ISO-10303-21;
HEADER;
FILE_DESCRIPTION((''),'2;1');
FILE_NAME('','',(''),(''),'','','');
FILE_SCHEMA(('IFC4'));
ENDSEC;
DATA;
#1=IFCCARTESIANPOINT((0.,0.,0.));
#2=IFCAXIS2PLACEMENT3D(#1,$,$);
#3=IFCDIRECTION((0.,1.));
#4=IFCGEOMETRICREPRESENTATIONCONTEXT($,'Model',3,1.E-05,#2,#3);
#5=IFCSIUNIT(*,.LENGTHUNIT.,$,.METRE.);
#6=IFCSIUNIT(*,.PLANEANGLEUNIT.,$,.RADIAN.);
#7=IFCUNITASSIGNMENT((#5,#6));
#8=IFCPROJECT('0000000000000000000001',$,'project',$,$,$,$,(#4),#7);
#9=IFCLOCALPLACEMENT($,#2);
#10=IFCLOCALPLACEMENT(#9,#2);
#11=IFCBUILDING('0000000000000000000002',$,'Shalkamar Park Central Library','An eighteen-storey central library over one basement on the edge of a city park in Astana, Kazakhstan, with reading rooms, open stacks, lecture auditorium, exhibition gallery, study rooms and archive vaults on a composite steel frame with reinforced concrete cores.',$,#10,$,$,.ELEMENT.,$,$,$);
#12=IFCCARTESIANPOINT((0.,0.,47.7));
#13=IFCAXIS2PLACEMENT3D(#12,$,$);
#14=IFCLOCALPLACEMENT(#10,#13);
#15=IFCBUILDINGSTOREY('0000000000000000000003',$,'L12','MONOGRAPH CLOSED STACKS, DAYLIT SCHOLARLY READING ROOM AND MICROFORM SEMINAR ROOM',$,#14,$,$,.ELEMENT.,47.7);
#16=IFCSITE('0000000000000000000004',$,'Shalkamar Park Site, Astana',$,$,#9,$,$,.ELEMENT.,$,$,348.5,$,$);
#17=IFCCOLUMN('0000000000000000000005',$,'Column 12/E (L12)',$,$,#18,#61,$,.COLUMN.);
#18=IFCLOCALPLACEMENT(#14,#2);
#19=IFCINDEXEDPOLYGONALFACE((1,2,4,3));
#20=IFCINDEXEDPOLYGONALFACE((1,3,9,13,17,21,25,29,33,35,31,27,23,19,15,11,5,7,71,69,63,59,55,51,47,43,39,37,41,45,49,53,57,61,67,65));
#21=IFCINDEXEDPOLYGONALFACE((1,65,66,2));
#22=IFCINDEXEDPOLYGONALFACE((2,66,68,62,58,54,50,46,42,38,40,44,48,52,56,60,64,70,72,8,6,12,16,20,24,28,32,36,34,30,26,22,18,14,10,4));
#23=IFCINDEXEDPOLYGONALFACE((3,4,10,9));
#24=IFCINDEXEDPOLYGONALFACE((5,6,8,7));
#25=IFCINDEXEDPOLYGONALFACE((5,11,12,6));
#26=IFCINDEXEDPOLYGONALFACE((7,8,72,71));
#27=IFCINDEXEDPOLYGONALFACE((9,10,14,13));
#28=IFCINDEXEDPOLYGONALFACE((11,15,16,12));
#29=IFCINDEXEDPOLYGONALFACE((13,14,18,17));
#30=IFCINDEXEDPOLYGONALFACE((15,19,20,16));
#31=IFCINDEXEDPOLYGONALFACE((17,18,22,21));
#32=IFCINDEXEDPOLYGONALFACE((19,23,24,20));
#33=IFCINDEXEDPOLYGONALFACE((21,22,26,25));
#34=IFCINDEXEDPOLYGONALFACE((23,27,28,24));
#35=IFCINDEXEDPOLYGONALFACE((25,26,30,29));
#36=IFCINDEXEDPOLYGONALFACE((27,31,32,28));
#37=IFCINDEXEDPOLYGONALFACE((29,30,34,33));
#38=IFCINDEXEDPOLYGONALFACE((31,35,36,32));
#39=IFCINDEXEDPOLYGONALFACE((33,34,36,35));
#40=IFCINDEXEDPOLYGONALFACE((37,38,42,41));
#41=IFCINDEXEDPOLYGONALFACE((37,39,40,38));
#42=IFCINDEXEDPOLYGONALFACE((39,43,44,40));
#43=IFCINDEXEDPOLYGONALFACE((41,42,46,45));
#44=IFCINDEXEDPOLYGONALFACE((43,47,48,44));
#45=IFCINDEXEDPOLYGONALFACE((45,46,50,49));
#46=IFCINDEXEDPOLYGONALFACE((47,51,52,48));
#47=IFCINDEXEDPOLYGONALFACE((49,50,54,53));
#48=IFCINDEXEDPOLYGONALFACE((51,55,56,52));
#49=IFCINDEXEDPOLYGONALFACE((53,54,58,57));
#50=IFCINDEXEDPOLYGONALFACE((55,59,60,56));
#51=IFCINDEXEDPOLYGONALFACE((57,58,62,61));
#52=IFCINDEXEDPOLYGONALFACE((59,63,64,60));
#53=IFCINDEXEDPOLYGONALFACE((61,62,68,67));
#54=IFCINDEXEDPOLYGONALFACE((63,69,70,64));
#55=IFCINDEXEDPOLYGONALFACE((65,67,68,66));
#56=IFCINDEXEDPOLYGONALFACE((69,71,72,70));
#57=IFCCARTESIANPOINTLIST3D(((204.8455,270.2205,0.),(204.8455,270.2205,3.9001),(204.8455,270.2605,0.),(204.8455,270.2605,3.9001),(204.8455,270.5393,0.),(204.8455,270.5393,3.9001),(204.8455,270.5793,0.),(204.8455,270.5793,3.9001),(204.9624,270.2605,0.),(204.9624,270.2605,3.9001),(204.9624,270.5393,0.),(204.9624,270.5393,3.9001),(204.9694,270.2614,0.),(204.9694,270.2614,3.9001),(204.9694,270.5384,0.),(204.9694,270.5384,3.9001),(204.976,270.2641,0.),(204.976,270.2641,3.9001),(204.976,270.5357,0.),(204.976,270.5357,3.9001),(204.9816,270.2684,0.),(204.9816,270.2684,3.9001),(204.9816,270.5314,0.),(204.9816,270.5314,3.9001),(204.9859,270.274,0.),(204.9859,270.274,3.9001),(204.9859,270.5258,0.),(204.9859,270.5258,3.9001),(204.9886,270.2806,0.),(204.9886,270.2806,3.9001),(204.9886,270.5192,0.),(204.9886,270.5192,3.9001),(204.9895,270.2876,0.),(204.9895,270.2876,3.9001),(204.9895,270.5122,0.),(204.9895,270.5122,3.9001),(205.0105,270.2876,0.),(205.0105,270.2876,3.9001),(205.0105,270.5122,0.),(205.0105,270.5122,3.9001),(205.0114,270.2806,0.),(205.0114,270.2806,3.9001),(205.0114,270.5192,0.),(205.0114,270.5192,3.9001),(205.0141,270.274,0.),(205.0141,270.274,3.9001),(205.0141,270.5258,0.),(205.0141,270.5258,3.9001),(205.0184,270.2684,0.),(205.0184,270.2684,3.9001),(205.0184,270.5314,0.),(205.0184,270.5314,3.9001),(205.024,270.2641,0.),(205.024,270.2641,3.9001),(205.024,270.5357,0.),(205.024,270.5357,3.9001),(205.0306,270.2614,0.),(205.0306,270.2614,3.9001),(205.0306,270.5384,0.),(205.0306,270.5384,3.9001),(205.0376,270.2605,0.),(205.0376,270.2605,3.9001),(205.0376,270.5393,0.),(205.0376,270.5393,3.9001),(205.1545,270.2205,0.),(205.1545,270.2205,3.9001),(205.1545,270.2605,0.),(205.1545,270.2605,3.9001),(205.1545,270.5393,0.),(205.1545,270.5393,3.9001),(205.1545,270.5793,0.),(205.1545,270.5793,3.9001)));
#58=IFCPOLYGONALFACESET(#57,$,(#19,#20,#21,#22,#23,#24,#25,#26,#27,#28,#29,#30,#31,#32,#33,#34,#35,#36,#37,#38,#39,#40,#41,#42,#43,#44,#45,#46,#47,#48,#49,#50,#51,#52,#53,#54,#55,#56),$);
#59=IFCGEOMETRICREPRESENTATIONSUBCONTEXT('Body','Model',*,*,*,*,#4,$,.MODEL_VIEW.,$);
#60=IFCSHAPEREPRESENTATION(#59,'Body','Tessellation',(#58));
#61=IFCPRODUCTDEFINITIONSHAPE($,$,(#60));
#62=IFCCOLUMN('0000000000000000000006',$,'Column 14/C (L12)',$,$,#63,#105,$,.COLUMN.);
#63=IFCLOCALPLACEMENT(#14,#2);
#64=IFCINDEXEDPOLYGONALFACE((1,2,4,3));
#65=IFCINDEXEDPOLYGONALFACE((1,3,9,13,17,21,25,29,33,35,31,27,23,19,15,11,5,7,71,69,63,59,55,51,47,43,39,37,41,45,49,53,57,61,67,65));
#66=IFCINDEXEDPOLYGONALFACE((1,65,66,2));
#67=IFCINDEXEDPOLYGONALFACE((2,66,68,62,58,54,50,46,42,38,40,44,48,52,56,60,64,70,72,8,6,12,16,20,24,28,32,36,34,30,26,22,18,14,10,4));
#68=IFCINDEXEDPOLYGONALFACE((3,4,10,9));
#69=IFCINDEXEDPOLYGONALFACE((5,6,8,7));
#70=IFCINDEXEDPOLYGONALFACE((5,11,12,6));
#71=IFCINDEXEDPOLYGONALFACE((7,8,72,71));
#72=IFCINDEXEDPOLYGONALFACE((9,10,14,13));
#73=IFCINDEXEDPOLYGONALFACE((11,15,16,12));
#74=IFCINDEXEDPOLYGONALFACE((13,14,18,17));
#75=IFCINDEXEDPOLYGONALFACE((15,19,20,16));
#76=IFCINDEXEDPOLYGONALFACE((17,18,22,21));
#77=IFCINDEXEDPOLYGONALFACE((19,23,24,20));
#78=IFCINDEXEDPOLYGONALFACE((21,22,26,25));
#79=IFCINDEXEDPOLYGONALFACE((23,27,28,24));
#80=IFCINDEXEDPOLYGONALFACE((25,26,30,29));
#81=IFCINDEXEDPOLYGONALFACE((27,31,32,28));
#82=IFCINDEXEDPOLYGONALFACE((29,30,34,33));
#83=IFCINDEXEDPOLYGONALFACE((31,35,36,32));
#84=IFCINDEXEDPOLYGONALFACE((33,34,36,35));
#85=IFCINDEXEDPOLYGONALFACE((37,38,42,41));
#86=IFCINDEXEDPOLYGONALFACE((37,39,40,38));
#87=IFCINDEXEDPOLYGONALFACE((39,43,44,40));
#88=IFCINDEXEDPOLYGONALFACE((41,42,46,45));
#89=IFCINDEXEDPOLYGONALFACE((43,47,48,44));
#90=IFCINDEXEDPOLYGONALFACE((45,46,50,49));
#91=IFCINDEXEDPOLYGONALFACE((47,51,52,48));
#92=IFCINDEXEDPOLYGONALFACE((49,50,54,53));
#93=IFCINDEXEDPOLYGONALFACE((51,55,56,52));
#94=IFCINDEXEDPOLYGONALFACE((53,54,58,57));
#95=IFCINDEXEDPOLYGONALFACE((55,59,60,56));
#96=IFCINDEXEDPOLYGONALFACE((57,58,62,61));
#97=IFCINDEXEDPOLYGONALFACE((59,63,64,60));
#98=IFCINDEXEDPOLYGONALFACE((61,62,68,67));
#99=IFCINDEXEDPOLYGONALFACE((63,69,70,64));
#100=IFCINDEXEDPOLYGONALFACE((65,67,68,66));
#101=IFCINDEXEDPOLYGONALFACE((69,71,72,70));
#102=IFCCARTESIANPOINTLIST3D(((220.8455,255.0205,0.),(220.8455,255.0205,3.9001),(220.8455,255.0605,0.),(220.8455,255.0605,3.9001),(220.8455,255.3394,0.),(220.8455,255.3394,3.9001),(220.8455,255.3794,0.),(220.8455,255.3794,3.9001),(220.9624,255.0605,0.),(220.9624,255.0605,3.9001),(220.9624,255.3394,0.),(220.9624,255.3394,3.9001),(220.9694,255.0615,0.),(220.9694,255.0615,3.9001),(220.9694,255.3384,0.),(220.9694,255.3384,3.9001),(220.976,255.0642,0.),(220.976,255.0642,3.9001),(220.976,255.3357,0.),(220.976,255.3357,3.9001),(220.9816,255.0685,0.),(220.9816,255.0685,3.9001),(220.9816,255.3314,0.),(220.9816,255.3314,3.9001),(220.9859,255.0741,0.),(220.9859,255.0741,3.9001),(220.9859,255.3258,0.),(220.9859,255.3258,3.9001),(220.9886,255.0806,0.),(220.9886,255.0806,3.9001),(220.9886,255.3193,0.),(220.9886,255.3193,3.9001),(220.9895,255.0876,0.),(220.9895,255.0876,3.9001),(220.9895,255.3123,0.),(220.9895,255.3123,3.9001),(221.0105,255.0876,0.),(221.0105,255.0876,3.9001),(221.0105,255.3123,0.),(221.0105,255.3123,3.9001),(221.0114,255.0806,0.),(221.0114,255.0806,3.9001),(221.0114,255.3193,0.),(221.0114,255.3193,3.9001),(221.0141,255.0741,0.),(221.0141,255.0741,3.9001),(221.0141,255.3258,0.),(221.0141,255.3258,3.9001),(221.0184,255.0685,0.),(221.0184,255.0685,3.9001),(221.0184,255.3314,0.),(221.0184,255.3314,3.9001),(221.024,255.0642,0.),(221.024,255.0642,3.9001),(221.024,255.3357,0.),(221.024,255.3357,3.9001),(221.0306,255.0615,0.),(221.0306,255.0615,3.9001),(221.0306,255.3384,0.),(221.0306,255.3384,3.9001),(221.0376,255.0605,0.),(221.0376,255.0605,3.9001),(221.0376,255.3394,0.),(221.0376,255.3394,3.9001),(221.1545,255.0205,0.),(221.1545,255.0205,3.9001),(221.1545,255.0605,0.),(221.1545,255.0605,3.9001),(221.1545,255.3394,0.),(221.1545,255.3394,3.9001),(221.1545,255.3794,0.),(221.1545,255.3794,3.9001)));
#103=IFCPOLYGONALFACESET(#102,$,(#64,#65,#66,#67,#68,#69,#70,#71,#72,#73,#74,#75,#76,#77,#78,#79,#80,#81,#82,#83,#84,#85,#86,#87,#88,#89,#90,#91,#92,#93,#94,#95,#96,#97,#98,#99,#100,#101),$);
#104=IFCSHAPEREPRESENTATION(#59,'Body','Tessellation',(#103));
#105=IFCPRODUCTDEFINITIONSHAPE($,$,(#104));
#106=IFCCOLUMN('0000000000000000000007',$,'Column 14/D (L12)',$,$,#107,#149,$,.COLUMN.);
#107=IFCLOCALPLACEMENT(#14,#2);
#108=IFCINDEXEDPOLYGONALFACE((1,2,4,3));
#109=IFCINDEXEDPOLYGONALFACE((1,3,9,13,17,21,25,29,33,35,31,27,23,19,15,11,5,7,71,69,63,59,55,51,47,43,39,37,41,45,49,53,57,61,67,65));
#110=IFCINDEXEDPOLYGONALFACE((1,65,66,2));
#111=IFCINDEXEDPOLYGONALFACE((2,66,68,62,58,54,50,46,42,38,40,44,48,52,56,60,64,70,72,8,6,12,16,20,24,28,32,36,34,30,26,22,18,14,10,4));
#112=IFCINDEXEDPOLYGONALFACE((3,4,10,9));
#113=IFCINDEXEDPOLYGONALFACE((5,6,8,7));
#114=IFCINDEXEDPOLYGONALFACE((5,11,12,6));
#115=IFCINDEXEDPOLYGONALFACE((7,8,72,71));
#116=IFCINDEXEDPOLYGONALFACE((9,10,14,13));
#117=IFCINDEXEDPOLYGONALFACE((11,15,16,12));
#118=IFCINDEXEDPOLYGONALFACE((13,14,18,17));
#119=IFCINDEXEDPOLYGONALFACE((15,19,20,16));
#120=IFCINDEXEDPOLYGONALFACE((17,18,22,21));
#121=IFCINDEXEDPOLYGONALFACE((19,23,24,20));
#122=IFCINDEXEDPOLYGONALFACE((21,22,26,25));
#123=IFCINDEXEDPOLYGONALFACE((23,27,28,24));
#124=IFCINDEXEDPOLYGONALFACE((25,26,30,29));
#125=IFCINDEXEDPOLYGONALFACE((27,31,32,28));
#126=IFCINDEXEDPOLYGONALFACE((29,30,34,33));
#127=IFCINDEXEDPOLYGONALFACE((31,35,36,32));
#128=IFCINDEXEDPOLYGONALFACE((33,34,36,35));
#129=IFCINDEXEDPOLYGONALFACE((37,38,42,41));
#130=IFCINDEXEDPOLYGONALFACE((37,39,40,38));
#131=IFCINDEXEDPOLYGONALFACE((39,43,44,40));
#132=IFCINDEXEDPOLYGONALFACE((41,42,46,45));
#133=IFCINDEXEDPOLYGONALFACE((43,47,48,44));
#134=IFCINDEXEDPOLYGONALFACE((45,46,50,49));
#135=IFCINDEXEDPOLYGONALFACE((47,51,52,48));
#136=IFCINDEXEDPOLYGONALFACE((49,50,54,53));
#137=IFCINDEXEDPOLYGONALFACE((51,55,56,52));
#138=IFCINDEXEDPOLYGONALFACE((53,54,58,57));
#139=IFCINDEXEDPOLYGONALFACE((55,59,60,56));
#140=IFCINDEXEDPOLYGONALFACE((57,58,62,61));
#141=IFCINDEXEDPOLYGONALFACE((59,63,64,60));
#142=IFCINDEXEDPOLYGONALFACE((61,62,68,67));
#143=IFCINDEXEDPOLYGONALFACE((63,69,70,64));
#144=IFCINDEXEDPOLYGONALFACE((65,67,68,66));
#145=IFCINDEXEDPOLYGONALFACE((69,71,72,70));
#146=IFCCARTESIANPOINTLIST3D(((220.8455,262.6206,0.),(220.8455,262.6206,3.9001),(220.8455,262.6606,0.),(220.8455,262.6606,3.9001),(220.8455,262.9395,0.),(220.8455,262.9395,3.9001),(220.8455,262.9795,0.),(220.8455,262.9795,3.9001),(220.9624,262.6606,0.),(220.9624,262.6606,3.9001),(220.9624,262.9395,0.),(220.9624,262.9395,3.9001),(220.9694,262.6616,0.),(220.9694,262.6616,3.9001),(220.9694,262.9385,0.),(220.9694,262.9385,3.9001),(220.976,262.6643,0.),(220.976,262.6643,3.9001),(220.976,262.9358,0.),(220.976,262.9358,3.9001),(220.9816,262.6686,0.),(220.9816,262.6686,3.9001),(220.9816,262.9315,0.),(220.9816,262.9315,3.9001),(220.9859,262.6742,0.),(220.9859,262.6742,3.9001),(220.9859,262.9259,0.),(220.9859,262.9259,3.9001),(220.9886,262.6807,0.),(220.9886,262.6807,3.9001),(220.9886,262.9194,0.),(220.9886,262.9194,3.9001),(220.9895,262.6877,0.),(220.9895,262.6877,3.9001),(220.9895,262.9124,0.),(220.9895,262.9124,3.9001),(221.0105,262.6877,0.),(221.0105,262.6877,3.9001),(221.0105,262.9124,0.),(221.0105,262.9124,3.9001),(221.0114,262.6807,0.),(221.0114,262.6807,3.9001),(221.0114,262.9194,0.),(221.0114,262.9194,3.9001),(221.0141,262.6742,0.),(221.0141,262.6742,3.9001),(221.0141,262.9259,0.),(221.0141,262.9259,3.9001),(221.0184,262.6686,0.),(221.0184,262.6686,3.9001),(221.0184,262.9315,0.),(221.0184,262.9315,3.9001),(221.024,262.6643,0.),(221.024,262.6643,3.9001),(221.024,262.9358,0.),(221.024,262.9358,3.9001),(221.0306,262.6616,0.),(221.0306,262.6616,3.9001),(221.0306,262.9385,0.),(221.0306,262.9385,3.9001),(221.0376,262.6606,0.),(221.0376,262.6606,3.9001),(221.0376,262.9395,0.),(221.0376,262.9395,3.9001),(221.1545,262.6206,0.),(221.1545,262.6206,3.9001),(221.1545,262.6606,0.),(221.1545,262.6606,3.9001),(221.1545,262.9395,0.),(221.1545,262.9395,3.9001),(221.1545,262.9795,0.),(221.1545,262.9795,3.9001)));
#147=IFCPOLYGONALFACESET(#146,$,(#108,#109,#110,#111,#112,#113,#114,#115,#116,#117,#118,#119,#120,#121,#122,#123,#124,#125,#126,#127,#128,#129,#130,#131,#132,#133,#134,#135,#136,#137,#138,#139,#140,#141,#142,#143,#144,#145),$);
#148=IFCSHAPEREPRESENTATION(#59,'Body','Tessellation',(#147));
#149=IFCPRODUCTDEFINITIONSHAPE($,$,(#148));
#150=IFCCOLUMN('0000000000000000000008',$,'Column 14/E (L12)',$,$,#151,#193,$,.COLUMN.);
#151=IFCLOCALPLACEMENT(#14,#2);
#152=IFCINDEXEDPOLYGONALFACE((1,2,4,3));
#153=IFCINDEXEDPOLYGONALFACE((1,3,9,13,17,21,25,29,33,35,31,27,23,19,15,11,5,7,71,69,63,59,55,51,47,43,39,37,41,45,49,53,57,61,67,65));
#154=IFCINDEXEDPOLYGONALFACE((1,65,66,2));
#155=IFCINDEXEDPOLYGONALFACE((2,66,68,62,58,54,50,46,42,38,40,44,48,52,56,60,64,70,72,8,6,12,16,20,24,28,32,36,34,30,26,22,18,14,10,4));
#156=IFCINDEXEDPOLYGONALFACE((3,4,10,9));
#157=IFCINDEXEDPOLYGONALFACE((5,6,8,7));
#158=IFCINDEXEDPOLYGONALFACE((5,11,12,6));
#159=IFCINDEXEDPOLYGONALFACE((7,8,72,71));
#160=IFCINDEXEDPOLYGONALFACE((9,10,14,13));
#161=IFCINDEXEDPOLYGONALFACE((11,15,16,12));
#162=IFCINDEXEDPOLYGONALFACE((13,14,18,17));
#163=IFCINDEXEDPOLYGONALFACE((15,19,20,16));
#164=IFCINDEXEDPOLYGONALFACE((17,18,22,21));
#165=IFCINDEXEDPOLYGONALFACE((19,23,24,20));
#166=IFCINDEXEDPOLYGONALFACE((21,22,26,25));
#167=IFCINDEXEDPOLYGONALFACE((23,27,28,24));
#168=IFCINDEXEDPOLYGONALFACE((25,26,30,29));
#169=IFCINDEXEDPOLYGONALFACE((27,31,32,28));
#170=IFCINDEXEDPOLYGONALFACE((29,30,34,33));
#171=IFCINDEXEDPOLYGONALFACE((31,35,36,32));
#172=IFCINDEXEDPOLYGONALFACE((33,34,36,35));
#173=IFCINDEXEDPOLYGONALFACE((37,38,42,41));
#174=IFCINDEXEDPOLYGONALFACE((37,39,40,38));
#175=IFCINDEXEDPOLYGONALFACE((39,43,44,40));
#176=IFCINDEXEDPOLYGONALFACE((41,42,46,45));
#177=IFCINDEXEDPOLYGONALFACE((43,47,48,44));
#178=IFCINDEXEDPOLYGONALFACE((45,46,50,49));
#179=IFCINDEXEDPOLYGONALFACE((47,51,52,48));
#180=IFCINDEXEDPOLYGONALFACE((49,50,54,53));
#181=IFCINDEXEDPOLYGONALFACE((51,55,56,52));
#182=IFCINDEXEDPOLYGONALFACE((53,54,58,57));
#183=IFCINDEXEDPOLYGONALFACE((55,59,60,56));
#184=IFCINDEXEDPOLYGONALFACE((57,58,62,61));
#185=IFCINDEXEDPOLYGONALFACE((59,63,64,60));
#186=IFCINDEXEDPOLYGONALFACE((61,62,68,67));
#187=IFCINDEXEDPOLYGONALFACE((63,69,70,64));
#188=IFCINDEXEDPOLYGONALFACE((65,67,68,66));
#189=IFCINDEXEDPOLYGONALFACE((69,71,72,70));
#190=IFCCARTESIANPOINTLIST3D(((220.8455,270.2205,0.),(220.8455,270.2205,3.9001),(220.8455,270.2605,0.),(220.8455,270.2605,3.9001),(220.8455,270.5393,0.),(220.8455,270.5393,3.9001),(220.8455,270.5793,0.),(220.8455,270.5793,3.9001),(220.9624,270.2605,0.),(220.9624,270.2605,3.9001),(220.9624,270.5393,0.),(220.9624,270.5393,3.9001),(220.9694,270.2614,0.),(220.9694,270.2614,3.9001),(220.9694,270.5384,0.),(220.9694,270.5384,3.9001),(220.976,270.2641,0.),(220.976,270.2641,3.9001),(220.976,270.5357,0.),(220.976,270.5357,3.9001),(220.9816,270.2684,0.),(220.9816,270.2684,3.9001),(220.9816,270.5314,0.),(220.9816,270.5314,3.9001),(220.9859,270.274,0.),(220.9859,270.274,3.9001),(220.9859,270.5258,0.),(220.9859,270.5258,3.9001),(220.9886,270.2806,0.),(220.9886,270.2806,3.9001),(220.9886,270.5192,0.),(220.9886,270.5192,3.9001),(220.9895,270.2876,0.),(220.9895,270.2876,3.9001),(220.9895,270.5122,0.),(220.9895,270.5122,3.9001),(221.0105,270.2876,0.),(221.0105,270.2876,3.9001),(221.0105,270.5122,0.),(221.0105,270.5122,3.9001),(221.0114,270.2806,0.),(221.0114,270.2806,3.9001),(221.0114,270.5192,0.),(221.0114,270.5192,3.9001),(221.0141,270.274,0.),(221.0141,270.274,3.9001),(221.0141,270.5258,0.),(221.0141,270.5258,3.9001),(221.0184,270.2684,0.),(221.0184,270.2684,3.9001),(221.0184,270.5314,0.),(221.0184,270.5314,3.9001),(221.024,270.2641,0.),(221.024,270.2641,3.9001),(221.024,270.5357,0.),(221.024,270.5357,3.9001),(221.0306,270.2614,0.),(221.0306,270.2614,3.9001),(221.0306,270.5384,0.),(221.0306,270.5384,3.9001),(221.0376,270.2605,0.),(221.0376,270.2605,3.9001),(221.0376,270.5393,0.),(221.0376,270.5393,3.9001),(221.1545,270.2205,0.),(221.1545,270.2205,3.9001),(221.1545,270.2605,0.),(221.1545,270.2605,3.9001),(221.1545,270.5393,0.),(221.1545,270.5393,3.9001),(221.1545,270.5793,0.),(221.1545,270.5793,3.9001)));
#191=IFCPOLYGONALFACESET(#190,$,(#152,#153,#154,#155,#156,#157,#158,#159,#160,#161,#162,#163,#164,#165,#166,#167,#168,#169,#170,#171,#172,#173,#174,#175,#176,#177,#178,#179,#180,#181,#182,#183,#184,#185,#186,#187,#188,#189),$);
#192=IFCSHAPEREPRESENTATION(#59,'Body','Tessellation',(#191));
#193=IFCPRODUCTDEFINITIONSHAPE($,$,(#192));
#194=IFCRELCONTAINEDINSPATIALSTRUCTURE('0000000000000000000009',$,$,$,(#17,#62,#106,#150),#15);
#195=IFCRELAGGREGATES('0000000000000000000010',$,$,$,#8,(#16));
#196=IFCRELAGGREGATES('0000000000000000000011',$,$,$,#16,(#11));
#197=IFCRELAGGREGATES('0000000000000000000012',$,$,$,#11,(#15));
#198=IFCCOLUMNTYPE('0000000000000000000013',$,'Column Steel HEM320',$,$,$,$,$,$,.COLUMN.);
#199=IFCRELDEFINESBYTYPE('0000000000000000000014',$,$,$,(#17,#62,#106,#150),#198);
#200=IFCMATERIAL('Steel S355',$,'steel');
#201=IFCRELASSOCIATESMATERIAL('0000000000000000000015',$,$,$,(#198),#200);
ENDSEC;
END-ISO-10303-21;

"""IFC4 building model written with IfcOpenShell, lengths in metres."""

from ifc_helpers import new_model, si_unit, direction, frame, origin, origin_2d, place, context, subcontext, project, spatial, i_section, extrude, material, material_profile, profile_set, type_object, element, save


model = new_model("IFC4")

# Units and contexts
model_context = context("Model", 3, precision=1e-05, world=origin(), true_north=direction((0.0, 1.0)))
body_context = subcontext(model_context, "Body", "Model", "MODEL_VIEW")
ifc_project = project(units=[si_unit("LENGTHUNIT", "METRE"), si_unit("PLANEANGLEUNIT", "RADIAN")], contexts=[model_context])

# Site, building, storey
site_placement = place(None, origin())
site = spatial("IfcSite", under=ifc_project, at=site_placement, Name="Shalkamar Park Site, Astana", CompositionType="ELEMENT", RefElevation=348.5)
building_placement = place(site_placement, origin())
building = spatial("IfcBuilding", under=site, at=building_placement, Name="Shalkamar Park Central Library", Description="An eighteen-storey central library over one basement on the edge of a city park in Astana, Kazakhstan, with reading rooms, open stacks, lecture auditorium, exhibition gallery, study rooms and archive vaults on a composite steel frame with reinforced concrete cores.", CompositionType="ELEMENT")
storey_placement = place(building_placement, frame((0.0, 0.0, 47.7)))
storey = spatial("IfcBuildingStorey", under=building, at=storey_placement, Name="L12", Description="MONOGRAPH CLOSED STACKS, DAYLIT SCHOLARLY READING ROOM AND MICROFORM SEMINAR ROOM", CompositionType="ELEMENT", Elevation=47.7)

# Columns
ifc_material_1 = material(Name="Steel S355", Category="steel")
ifc_material_profile_1 = material_profile(ifc_material_1, i_section(OverallWidth=0.3091, OverallDepth=0.3589, WebThickness=0.021, FlangeThickness=0.04, FilletRadius=0.0271, at=origin_2d()), Name="HEM 320")
ifc_profile_set_1 = profile_set([ifc_material_profile_1], Name="Steel S355")
column_type_1 = type_object("IfcColumnType", Name="Column Steel HEM320", PredefinedType="COLUMN", material=ifc_profile_set_1)
for number, where, z_axis, x_axis, name in (
    (1, (205.0, 270.3999, 0.0), (0.0, 0.0, 1.0), (1.0, 0.0, 0.0), "Column 12/E (L12)"),
    (2, (221.0, 255.2, 0.0), (0.0, 0.0, 1.0), (1.0, 0.0, 0.0), "Column 14/C (L12)"),
    (3, (221.0, 262.8, 0.0), (0.0, 0.0, 1.0), (1.0, 0.0, 0.0), "Column 14/D (L12)"),
    (4, (221.0, 270.3999, 0.0), (0.0, 0.0, 1.0), (1.0, 0.0, 0.0), "Column 14/E (L12)"),
):
    element("IfcColumn", number, at=place(storey_placement, frame(where, z_axis=z_axis, x_axis=x_axis)), inside=storey, type_object=column_type_1, Name=name, PredefinedType="COLUMN", context=body_context, shape_type="SweptSolid", body=[
        extrude(i_section(OverallWidth=0.3091, OverallDepth=0.3589, WebThickness=0.021, FlangeThickness=0.04, FilletRadius=0.0271, at=origin_2d()), origin(), (0.0, 0.0, 1.0), 3.9001),
    ])

save(model, "model.ifc")
